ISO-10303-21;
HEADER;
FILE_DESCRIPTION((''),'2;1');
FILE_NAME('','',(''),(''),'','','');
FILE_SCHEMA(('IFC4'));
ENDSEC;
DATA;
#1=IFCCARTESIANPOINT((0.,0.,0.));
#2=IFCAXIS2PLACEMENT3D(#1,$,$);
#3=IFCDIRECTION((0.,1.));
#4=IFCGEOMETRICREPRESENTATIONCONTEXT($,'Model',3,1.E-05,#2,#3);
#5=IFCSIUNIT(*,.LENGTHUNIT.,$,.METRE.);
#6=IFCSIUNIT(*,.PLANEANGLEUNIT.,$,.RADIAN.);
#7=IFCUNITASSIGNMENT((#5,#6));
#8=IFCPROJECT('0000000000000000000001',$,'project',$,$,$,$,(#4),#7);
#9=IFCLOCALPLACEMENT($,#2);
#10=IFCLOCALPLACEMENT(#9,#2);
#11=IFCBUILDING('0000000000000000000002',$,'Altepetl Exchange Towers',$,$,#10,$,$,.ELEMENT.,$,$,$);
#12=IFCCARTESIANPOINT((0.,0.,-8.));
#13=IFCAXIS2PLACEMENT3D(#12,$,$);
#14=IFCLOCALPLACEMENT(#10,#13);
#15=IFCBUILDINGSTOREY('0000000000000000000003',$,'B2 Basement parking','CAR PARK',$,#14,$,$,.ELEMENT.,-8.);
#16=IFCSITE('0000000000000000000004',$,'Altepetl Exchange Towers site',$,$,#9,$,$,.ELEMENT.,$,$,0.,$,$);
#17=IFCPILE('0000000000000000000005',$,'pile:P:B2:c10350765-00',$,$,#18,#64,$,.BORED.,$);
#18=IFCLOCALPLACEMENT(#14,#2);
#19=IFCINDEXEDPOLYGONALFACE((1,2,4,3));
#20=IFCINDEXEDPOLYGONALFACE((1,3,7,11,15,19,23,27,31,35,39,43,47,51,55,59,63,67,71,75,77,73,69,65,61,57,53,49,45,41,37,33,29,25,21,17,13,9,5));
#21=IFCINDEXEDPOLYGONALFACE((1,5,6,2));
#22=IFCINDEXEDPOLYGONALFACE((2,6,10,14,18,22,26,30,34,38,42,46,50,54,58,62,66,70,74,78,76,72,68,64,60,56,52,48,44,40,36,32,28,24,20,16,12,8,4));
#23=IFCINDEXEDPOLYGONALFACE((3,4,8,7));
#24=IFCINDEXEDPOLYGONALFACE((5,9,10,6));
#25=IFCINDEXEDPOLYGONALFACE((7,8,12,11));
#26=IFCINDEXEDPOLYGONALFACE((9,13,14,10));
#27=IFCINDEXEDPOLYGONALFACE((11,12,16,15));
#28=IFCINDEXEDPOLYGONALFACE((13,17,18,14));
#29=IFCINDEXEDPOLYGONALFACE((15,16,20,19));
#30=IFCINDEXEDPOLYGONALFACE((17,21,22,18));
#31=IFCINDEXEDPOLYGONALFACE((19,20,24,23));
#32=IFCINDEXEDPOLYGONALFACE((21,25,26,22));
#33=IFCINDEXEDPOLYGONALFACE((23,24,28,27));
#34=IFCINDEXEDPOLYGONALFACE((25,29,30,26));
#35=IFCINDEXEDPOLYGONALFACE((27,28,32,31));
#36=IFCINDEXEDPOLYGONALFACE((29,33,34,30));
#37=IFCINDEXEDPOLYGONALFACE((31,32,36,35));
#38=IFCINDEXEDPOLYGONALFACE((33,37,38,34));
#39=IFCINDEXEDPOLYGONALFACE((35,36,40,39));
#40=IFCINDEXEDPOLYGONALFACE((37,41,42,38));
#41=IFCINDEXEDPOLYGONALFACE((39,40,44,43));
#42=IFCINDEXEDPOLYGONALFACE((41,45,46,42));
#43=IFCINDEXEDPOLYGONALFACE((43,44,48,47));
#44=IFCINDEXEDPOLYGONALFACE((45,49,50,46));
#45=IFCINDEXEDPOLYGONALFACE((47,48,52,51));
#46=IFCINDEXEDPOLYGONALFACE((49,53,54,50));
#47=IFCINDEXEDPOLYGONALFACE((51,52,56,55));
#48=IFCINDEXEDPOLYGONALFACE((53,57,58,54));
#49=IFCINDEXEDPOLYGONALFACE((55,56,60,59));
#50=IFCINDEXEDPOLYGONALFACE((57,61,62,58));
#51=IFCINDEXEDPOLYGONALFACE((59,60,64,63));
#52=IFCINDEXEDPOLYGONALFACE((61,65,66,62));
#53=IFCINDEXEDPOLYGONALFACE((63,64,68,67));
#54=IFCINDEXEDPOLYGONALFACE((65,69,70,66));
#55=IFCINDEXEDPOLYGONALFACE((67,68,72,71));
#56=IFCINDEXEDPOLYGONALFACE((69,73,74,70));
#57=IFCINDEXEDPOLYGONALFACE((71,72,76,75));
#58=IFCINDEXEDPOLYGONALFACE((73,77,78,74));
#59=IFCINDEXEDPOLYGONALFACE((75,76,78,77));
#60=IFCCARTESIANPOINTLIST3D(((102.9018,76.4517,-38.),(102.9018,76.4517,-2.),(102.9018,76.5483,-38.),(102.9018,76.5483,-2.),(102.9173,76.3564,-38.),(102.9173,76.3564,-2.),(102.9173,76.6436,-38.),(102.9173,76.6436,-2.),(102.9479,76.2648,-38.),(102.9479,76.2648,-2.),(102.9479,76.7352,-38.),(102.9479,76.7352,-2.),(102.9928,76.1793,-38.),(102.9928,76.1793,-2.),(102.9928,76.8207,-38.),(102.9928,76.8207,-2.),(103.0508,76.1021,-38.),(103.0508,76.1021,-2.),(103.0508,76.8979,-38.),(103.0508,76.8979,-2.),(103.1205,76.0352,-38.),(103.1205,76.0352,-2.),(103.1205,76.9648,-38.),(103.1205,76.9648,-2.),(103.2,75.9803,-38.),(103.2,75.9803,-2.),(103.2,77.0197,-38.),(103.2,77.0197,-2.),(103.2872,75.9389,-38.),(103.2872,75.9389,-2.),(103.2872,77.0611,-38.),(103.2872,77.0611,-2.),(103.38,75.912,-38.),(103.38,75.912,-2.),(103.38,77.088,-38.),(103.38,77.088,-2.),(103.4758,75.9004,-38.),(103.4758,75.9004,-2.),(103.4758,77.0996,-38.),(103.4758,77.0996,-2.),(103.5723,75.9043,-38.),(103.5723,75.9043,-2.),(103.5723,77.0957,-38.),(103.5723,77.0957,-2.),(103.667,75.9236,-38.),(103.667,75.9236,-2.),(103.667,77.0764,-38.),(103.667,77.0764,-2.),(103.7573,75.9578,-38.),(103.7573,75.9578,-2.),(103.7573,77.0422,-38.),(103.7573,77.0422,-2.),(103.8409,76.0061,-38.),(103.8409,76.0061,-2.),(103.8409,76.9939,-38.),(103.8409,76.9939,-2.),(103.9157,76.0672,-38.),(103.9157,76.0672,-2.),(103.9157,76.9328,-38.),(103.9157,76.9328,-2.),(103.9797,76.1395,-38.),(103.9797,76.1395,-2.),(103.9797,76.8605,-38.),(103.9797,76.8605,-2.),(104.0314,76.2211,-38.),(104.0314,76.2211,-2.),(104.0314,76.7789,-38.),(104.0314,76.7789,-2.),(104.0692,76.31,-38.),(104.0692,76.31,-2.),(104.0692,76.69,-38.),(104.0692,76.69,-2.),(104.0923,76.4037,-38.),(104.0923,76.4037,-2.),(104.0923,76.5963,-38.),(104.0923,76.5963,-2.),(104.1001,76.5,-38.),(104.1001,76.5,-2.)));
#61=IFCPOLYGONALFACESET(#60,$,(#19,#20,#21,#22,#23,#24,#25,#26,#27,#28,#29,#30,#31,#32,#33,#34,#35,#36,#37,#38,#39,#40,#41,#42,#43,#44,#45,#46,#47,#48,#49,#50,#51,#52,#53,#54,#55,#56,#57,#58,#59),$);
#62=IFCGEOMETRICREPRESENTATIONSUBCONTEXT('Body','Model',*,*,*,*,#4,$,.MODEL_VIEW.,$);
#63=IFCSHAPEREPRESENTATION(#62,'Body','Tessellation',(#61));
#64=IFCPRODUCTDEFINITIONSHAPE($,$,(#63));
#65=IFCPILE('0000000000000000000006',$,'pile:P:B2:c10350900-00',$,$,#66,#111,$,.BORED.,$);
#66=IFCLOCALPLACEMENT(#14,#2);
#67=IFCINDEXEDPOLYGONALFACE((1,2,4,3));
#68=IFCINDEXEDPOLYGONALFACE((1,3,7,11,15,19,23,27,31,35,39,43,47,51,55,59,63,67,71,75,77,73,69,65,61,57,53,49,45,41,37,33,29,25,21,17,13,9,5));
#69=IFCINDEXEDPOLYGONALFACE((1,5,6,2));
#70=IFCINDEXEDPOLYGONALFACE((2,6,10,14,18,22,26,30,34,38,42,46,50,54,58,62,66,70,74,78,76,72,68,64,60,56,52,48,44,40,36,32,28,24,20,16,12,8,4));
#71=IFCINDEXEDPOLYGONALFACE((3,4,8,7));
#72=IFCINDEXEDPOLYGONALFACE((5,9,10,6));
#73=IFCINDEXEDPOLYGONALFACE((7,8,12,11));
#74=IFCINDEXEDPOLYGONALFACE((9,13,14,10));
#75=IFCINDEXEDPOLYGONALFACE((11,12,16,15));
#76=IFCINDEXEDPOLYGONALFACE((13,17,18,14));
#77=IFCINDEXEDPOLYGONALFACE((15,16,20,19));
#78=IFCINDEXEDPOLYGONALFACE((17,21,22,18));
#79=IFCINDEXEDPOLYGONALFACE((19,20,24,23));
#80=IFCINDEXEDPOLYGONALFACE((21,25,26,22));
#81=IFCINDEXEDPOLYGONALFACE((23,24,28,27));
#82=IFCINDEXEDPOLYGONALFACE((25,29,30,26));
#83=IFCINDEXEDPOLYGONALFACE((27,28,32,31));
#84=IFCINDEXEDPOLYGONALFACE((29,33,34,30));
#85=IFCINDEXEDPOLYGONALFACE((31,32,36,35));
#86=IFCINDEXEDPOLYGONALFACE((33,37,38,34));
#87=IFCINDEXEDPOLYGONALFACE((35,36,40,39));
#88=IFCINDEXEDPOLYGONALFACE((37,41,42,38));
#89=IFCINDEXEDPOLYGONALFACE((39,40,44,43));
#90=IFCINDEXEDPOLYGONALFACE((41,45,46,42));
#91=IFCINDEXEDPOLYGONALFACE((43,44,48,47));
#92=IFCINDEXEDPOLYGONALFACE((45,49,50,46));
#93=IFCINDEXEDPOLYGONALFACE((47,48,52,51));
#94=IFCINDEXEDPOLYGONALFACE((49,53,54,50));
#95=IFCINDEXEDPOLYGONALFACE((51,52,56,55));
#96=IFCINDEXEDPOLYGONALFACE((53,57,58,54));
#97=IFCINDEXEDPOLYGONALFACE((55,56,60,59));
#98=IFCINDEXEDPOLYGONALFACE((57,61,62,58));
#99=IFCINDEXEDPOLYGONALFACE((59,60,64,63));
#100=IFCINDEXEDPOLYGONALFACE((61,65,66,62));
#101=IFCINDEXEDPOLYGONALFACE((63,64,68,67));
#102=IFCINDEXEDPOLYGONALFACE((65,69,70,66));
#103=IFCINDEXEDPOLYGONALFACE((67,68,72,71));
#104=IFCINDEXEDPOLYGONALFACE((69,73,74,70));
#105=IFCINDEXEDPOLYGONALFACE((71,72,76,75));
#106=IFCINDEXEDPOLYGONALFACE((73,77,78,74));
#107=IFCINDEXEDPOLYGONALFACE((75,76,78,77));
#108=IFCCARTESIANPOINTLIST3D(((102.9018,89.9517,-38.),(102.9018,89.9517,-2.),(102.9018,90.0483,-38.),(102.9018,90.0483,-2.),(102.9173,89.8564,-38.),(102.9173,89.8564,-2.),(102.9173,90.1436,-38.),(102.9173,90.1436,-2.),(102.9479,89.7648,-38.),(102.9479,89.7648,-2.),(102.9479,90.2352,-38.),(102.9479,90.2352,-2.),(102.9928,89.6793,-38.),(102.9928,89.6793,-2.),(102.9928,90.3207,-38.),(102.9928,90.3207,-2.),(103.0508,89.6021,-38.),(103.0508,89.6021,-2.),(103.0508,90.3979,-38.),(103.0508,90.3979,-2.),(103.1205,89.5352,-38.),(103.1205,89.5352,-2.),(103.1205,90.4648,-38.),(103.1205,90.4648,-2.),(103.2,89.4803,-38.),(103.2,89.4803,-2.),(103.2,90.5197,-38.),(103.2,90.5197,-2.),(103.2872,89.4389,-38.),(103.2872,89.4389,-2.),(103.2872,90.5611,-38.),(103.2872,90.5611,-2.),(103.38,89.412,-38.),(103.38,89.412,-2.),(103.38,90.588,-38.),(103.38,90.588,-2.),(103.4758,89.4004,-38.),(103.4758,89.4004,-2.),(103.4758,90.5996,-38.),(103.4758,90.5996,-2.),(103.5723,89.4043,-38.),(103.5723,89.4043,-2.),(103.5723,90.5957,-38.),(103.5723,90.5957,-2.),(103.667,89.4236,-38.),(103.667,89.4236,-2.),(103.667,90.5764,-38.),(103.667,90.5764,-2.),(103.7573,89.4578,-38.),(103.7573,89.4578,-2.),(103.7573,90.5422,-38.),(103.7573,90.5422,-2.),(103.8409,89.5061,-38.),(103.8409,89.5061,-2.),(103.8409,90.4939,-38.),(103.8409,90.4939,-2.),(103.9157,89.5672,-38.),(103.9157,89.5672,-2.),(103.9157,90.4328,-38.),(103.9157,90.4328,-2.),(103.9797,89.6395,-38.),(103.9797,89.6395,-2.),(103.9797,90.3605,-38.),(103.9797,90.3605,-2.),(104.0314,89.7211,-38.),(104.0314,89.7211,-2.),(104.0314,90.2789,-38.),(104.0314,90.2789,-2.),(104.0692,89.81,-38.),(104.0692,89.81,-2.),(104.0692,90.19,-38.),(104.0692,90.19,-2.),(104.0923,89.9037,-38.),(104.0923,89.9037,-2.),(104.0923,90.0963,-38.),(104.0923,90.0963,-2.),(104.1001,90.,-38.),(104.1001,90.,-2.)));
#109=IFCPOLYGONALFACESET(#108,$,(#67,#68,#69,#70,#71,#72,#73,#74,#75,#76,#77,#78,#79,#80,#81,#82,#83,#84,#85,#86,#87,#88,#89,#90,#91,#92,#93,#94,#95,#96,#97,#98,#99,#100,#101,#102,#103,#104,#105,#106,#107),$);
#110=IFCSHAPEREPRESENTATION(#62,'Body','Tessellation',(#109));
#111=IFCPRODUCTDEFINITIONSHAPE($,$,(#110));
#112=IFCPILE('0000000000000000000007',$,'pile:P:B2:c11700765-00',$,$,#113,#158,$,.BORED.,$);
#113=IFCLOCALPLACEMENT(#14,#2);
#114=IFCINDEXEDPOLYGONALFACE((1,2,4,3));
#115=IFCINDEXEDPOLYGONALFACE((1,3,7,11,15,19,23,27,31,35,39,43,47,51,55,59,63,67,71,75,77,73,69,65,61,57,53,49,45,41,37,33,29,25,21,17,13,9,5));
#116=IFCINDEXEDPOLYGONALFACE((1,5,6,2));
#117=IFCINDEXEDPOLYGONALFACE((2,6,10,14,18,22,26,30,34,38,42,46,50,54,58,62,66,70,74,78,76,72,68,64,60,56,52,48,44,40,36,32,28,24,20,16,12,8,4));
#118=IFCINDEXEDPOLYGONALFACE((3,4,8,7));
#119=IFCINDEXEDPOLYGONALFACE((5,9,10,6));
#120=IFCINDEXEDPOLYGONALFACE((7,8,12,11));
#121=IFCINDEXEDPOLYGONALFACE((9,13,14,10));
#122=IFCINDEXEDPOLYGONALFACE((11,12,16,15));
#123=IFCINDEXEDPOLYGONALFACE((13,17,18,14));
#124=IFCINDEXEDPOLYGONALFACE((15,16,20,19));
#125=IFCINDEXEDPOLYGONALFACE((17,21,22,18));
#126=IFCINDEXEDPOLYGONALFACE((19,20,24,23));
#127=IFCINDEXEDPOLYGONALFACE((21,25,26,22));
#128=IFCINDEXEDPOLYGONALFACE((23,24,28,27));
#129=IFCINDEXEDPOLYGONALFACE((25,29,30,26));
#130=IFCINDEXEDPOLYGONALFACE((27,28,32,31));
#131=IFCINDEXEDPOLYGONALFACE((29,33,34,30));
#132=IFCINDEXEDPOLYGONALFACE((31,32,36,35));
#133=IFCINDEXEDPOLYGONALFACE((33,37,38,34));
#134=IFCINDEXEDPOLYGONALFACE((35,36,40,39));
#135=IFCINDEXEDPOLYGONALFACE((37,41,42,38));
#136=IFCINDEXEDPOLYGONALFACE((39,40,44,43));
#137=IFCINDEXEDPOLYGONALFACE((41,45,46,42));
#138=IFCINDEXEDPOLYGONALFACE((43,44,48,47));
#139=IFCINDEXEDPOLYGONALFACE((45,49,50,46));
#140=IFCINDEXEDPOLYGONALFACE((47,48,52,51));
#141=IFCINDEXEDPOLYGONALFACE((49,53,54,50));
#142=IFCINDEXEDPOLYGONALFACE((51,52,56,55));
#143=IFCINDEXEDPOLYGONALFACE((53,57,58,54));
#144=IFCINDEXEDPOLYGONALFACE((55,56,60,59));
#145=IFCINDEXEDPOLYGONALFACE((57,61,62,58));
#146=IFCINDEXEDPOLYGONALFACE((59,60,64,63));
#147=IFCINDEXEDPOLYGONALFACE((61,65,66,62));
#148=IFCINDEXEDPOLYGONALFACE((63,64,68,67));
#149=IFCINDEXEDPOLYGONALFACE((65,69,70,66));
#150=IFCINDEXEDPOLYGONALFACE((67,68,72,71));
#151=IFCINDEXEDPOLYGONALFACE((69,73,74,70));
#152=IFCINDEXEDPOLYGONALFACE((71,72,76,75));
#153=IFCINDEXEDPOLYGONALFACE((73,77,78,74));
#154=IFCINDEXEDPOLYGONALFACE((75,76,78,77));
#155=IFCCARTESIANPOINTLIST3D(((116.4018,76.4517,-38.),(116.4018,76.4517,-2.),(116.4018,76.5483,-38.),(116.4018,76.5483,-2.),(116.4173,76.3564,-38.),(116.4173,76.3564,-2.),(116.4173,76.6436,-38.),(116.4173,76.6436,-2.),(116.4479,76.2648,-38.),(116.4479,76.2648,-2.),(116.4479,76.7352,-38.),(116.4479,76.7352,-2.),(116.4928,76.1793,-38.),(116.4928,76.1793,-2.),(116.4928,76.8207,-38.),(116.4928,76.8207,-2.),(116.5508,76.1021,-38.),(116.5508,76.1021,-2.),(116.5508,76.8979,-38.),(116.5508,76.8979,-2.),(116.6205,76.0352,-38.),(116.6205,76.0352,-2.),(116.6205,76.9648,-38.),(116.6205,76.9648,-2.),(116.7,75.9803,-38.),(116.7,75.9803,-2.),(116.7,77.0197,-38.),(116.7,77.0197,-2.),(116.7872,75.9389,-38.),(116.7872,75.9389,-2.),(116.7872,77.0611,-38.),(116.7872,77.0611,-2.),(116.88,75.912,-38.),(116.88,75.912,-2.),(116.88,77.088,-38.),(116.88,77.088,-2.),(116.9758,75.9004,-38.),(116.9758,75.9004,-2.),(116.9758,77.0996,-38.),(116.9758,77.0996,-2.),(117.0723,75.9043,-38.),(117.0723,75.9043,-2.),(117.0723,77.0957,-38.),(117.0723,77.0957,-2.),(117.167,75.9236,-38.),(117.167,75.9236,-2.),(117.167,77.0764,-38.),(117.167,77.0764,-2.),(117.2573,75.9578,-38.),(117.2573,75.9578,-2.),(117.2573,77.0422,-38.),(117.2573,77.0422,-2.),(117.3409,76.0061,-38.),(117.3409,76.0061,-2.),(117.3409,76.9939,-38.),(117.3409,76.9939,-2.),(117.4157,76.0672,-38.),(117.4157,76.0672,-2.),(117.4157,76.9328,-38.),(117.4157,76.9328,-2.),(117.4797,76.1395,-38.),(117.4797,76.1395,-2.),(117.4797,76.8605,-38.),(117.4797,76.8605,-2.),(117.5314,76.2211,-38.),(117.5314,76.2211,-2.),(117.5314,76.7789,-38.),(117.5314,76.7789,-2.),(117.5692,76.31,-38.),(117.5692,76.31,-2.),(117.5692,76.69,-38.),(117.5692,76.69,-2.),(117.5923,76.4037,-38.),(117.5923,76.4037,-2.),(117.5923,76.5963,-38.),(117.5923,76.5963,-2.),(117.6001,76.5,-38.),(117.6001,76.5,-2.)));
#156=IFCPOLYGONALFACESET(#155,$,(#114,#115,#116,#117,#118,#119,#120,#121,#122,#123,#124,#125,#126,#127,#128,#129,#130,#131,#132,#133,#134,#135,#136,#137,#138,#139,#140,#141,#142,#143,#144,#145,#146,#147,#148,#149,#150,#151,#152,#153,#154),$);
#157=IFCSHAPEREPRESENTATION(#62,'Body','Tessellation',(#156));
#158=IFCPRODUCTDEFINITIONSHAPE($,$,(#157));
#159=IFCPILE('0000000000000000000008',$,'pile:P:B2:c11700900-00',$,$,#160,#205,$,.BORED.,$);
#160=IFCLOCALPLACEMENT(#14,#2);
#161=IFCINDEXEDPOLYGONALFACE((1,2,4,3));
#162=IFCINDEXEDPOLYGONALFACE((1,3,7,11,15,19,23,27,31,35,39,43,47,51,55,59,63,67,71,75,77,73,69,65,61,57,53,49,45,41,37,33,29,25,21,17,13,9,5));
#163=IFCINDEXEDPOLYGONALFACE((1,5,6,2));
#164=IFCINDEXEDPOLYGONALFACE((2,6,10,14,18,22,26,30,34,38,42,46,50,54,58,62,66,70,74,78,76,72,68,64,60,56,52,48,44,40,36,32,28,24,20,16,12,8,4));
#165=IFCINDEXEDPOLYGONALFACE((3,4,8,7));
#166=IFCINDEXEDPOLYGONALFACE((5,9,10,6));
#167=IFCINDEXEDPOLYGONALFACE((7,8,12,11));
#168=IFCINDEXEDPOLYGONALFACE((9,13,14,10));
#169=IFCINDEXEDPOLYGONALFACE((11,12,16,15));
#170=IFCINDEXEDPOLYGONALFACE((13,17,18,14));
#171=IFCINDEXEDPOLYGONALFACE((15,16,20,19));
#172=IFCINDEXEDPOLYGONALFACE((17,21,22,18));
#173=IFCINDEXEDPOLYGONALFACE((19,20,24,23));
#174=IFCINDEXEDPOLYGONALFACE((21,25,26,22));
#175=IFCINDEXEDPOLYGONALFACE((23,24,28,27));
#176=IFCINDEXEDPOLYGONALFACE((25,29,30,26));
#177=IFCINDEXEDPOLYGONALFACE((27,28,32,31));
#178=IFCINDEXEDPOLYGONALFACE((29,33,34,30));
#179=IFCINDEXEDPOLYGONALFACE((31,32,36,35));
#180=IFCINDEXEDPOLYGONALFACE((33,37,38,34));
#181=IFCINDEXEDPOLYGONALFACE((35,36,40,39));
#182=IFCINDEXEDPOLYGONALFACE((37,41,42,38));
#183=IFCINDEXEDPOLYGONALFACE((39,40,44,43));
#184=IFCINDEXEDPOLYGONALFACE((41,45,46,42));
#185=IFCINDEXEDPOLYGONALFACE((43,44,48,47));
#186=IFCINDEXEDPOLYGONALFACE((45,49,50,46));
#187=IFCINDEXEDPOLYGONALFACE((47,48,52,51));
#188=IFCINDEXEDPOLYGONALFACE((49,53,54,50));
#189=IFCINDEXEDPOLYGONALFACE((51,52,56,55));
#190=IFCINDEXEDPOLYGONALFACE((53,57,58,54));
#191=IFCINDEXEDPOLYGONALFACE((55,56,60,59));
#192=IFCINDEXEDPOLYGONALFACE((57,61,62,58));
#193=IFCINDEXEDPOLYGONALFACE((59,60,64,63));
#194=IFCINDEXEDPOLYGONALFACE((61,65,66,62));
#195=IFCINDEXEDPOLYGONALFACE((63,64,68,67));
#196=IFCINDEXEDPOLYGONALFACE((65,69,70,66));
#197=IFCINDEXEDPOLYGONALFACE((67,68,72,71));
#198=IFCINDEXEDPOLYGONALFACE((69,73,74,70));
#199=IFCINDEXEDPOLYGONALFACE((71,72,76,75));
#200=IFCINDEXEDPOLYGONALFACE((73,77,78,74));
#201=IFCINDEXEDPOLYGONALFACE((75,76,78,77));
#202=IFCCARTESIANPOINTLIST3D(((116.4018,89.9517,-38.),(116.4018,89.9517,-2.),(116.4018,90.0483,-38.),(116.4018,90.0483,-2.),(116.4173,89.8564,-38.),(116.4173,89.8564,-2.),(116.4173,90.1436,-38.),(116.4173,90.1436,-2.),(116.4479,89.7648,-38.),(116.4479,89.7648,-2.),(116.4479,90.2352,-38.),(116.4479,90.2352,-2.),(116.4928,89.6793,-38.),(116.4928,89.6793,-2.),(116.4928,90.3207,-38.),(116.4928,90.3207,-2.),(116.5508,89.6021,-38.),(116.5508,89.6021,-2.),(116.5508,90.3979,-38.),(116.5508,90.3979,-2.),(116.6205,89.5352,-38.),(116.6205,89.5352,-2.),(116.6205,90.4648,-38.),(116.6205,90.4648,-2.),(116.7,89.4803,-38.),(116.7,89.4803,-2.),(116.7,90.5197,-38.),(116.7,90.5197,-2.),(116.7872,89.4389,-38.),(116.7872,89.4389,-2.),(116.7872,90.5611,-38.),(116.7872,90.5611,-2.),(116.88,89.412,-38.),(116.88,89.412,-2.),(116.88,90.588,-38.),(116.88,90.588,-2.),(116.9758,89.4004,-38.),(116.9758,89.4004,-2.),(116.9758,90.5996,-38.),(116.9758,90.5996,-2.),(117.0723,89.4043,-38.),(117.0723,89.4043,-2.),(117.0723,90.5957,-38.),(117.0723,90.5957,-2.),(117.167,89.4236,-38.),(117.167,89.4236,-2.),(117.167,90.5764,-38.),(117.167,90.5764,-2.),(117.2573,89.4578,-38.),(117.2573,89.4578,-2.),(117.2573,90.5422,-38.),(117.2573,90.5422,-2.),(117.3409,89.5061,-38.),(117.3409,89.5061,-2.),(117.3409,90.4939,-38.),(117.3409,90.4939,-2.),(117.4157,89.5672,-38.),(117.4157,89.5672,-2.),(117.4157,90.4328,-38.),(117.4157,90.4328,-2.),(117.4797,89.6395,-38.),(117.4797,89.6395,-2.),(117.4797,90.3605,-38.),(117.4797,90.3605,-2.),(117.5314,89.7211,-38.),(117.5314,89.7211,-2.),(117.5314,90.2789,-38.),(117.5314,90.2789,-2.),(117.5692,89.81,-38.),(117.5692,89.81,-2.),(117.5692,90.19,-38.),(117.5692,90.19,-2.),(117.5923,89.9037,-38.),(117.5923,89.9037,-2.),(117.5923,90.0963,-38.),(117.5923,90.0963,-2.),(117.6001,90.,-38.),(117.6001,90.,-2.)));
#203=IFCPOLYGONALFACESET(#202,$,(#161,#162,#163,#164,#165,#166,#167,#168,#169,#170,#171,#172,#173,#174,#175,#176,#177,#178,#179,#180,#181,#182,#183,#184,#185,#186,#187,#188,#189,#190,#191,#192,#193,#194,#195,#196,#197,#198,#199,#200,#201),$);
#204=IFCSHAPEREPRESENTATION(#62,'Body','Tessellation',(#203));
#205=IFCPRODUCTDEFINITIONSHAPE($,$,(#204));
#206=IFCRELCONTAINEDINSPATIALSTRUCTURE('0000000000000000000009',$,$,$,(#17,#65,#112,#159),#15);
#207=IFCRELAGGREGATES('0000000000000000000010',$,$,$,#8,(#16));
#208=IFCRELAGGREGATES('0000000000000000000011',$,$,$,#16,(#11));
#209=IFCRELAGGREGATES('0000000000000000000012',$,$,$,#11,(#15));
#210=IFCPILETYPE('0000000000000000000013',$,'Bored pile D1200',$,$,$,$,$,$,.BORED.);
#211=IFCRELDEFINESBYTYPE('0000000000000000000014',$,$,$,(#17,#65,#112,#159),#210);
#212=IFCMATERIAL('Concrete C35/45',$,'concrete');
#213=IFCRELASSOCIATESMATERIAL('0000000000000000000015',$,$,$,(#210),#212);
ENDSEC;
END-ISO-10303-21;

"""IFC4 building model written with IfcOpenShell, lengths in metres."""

from ifc_helpers import new_model, si_unit, direction, frame, origin, origin_2d, place, context, subcontext, project, spatial, circle, extrude, material, material_profile, profile_set, type_object, element, save


model = new_model("IFC4")

# Units and contexts
model_context = context("Model", 3, precision=1e-05, world=origin(), true_north=direction((0.0, 1.0)))
body_context = subcontext(model_context, "Body", "Model", "MODEL_VIEW")
ifc_project = project(units=[si_unit("LENGTHUNIT", "METRE"), si_unit("PLANEANGLEUNIT", "RADIAN")], contexts=[model_context])

# Site, building, storey
site_placement = place(None, origin())
site = spatial("IfcSite", under=ifc_project, at=site_placement, Name="Altepetl Exchange Towers site", CompositionType="ELEMENT", RefElevation=0.0)
building_placement = place(site_placement, origin())
building = spatial("IfcBuilding", under=site, at=building_placement, Name="Altepetl Exchange Towers", CompositionType="ELEMENT")
storey_placement = place(building_placement, frame((0.0, 0.0, -8.0)))
storey = spatial("IfcBuildingStorey", under=building, at=storey_placement, Name="B2 Basement parking", Description="CAR PARK", CompositionType="ELEMENT", Elevation=-8.0)

# Piles
ifc_material_1 = material(Name="Concrete C35/45", Category="concrete")
ifc_material_profile_1 = material_profile(ifc_material_1, circle(Radius=0.6001, at=origin_2d()), Name="D1200")
ifc_profile_set_1 = profile_set([ifc_material_profile_1], Name="Concrete C35/45")
pile_type_1 = type_object("IfcPileType", Name="Bored pile D1200", PredefinedType="BORED", material=ifc_profile_set_1)
for number, where, z_axis, x_axis, name in (
    (1, (103.5, 76.5, -2.0), (0.0, 0.0, -1.0), (1.0, 0.0, 0.0), "pile:P:B2:c10350765-00"),
    (2, (103.5, 90.0, -2.0), (0.0, 0.0, -1.0), (1.0, 0.0, 0.0), "pile:P:B2:c10350900-00"),
    (3, (117.0, 76.5, -2.0), (0.0, 0.0, -1.0), (1.0, 0.0, 0.0), "pile:P:B2:c11700765-00"),
    (4, (117.0, 90.0, -2.0), (0.0, 0.0, -1.0), (1.0, 0.0, 0.0), "pile:P:B2:c11700900-00"),
):
    element("IfcPile", number, at=place(storey_placement, frame(where, z_axis=z_axis, x_axis=x_axis)), inside=storey, type_object=pile_type_1, Name=name, PredefinedType="BORED", context=body_context, shape_type="SweptSolid", body=[
        extrude(circle(Radius=0.6001, at=origin_2d()), origin(), (0.0, 0.0, 1.0), 36.0),
    ])

save(model, "model.ifc")
